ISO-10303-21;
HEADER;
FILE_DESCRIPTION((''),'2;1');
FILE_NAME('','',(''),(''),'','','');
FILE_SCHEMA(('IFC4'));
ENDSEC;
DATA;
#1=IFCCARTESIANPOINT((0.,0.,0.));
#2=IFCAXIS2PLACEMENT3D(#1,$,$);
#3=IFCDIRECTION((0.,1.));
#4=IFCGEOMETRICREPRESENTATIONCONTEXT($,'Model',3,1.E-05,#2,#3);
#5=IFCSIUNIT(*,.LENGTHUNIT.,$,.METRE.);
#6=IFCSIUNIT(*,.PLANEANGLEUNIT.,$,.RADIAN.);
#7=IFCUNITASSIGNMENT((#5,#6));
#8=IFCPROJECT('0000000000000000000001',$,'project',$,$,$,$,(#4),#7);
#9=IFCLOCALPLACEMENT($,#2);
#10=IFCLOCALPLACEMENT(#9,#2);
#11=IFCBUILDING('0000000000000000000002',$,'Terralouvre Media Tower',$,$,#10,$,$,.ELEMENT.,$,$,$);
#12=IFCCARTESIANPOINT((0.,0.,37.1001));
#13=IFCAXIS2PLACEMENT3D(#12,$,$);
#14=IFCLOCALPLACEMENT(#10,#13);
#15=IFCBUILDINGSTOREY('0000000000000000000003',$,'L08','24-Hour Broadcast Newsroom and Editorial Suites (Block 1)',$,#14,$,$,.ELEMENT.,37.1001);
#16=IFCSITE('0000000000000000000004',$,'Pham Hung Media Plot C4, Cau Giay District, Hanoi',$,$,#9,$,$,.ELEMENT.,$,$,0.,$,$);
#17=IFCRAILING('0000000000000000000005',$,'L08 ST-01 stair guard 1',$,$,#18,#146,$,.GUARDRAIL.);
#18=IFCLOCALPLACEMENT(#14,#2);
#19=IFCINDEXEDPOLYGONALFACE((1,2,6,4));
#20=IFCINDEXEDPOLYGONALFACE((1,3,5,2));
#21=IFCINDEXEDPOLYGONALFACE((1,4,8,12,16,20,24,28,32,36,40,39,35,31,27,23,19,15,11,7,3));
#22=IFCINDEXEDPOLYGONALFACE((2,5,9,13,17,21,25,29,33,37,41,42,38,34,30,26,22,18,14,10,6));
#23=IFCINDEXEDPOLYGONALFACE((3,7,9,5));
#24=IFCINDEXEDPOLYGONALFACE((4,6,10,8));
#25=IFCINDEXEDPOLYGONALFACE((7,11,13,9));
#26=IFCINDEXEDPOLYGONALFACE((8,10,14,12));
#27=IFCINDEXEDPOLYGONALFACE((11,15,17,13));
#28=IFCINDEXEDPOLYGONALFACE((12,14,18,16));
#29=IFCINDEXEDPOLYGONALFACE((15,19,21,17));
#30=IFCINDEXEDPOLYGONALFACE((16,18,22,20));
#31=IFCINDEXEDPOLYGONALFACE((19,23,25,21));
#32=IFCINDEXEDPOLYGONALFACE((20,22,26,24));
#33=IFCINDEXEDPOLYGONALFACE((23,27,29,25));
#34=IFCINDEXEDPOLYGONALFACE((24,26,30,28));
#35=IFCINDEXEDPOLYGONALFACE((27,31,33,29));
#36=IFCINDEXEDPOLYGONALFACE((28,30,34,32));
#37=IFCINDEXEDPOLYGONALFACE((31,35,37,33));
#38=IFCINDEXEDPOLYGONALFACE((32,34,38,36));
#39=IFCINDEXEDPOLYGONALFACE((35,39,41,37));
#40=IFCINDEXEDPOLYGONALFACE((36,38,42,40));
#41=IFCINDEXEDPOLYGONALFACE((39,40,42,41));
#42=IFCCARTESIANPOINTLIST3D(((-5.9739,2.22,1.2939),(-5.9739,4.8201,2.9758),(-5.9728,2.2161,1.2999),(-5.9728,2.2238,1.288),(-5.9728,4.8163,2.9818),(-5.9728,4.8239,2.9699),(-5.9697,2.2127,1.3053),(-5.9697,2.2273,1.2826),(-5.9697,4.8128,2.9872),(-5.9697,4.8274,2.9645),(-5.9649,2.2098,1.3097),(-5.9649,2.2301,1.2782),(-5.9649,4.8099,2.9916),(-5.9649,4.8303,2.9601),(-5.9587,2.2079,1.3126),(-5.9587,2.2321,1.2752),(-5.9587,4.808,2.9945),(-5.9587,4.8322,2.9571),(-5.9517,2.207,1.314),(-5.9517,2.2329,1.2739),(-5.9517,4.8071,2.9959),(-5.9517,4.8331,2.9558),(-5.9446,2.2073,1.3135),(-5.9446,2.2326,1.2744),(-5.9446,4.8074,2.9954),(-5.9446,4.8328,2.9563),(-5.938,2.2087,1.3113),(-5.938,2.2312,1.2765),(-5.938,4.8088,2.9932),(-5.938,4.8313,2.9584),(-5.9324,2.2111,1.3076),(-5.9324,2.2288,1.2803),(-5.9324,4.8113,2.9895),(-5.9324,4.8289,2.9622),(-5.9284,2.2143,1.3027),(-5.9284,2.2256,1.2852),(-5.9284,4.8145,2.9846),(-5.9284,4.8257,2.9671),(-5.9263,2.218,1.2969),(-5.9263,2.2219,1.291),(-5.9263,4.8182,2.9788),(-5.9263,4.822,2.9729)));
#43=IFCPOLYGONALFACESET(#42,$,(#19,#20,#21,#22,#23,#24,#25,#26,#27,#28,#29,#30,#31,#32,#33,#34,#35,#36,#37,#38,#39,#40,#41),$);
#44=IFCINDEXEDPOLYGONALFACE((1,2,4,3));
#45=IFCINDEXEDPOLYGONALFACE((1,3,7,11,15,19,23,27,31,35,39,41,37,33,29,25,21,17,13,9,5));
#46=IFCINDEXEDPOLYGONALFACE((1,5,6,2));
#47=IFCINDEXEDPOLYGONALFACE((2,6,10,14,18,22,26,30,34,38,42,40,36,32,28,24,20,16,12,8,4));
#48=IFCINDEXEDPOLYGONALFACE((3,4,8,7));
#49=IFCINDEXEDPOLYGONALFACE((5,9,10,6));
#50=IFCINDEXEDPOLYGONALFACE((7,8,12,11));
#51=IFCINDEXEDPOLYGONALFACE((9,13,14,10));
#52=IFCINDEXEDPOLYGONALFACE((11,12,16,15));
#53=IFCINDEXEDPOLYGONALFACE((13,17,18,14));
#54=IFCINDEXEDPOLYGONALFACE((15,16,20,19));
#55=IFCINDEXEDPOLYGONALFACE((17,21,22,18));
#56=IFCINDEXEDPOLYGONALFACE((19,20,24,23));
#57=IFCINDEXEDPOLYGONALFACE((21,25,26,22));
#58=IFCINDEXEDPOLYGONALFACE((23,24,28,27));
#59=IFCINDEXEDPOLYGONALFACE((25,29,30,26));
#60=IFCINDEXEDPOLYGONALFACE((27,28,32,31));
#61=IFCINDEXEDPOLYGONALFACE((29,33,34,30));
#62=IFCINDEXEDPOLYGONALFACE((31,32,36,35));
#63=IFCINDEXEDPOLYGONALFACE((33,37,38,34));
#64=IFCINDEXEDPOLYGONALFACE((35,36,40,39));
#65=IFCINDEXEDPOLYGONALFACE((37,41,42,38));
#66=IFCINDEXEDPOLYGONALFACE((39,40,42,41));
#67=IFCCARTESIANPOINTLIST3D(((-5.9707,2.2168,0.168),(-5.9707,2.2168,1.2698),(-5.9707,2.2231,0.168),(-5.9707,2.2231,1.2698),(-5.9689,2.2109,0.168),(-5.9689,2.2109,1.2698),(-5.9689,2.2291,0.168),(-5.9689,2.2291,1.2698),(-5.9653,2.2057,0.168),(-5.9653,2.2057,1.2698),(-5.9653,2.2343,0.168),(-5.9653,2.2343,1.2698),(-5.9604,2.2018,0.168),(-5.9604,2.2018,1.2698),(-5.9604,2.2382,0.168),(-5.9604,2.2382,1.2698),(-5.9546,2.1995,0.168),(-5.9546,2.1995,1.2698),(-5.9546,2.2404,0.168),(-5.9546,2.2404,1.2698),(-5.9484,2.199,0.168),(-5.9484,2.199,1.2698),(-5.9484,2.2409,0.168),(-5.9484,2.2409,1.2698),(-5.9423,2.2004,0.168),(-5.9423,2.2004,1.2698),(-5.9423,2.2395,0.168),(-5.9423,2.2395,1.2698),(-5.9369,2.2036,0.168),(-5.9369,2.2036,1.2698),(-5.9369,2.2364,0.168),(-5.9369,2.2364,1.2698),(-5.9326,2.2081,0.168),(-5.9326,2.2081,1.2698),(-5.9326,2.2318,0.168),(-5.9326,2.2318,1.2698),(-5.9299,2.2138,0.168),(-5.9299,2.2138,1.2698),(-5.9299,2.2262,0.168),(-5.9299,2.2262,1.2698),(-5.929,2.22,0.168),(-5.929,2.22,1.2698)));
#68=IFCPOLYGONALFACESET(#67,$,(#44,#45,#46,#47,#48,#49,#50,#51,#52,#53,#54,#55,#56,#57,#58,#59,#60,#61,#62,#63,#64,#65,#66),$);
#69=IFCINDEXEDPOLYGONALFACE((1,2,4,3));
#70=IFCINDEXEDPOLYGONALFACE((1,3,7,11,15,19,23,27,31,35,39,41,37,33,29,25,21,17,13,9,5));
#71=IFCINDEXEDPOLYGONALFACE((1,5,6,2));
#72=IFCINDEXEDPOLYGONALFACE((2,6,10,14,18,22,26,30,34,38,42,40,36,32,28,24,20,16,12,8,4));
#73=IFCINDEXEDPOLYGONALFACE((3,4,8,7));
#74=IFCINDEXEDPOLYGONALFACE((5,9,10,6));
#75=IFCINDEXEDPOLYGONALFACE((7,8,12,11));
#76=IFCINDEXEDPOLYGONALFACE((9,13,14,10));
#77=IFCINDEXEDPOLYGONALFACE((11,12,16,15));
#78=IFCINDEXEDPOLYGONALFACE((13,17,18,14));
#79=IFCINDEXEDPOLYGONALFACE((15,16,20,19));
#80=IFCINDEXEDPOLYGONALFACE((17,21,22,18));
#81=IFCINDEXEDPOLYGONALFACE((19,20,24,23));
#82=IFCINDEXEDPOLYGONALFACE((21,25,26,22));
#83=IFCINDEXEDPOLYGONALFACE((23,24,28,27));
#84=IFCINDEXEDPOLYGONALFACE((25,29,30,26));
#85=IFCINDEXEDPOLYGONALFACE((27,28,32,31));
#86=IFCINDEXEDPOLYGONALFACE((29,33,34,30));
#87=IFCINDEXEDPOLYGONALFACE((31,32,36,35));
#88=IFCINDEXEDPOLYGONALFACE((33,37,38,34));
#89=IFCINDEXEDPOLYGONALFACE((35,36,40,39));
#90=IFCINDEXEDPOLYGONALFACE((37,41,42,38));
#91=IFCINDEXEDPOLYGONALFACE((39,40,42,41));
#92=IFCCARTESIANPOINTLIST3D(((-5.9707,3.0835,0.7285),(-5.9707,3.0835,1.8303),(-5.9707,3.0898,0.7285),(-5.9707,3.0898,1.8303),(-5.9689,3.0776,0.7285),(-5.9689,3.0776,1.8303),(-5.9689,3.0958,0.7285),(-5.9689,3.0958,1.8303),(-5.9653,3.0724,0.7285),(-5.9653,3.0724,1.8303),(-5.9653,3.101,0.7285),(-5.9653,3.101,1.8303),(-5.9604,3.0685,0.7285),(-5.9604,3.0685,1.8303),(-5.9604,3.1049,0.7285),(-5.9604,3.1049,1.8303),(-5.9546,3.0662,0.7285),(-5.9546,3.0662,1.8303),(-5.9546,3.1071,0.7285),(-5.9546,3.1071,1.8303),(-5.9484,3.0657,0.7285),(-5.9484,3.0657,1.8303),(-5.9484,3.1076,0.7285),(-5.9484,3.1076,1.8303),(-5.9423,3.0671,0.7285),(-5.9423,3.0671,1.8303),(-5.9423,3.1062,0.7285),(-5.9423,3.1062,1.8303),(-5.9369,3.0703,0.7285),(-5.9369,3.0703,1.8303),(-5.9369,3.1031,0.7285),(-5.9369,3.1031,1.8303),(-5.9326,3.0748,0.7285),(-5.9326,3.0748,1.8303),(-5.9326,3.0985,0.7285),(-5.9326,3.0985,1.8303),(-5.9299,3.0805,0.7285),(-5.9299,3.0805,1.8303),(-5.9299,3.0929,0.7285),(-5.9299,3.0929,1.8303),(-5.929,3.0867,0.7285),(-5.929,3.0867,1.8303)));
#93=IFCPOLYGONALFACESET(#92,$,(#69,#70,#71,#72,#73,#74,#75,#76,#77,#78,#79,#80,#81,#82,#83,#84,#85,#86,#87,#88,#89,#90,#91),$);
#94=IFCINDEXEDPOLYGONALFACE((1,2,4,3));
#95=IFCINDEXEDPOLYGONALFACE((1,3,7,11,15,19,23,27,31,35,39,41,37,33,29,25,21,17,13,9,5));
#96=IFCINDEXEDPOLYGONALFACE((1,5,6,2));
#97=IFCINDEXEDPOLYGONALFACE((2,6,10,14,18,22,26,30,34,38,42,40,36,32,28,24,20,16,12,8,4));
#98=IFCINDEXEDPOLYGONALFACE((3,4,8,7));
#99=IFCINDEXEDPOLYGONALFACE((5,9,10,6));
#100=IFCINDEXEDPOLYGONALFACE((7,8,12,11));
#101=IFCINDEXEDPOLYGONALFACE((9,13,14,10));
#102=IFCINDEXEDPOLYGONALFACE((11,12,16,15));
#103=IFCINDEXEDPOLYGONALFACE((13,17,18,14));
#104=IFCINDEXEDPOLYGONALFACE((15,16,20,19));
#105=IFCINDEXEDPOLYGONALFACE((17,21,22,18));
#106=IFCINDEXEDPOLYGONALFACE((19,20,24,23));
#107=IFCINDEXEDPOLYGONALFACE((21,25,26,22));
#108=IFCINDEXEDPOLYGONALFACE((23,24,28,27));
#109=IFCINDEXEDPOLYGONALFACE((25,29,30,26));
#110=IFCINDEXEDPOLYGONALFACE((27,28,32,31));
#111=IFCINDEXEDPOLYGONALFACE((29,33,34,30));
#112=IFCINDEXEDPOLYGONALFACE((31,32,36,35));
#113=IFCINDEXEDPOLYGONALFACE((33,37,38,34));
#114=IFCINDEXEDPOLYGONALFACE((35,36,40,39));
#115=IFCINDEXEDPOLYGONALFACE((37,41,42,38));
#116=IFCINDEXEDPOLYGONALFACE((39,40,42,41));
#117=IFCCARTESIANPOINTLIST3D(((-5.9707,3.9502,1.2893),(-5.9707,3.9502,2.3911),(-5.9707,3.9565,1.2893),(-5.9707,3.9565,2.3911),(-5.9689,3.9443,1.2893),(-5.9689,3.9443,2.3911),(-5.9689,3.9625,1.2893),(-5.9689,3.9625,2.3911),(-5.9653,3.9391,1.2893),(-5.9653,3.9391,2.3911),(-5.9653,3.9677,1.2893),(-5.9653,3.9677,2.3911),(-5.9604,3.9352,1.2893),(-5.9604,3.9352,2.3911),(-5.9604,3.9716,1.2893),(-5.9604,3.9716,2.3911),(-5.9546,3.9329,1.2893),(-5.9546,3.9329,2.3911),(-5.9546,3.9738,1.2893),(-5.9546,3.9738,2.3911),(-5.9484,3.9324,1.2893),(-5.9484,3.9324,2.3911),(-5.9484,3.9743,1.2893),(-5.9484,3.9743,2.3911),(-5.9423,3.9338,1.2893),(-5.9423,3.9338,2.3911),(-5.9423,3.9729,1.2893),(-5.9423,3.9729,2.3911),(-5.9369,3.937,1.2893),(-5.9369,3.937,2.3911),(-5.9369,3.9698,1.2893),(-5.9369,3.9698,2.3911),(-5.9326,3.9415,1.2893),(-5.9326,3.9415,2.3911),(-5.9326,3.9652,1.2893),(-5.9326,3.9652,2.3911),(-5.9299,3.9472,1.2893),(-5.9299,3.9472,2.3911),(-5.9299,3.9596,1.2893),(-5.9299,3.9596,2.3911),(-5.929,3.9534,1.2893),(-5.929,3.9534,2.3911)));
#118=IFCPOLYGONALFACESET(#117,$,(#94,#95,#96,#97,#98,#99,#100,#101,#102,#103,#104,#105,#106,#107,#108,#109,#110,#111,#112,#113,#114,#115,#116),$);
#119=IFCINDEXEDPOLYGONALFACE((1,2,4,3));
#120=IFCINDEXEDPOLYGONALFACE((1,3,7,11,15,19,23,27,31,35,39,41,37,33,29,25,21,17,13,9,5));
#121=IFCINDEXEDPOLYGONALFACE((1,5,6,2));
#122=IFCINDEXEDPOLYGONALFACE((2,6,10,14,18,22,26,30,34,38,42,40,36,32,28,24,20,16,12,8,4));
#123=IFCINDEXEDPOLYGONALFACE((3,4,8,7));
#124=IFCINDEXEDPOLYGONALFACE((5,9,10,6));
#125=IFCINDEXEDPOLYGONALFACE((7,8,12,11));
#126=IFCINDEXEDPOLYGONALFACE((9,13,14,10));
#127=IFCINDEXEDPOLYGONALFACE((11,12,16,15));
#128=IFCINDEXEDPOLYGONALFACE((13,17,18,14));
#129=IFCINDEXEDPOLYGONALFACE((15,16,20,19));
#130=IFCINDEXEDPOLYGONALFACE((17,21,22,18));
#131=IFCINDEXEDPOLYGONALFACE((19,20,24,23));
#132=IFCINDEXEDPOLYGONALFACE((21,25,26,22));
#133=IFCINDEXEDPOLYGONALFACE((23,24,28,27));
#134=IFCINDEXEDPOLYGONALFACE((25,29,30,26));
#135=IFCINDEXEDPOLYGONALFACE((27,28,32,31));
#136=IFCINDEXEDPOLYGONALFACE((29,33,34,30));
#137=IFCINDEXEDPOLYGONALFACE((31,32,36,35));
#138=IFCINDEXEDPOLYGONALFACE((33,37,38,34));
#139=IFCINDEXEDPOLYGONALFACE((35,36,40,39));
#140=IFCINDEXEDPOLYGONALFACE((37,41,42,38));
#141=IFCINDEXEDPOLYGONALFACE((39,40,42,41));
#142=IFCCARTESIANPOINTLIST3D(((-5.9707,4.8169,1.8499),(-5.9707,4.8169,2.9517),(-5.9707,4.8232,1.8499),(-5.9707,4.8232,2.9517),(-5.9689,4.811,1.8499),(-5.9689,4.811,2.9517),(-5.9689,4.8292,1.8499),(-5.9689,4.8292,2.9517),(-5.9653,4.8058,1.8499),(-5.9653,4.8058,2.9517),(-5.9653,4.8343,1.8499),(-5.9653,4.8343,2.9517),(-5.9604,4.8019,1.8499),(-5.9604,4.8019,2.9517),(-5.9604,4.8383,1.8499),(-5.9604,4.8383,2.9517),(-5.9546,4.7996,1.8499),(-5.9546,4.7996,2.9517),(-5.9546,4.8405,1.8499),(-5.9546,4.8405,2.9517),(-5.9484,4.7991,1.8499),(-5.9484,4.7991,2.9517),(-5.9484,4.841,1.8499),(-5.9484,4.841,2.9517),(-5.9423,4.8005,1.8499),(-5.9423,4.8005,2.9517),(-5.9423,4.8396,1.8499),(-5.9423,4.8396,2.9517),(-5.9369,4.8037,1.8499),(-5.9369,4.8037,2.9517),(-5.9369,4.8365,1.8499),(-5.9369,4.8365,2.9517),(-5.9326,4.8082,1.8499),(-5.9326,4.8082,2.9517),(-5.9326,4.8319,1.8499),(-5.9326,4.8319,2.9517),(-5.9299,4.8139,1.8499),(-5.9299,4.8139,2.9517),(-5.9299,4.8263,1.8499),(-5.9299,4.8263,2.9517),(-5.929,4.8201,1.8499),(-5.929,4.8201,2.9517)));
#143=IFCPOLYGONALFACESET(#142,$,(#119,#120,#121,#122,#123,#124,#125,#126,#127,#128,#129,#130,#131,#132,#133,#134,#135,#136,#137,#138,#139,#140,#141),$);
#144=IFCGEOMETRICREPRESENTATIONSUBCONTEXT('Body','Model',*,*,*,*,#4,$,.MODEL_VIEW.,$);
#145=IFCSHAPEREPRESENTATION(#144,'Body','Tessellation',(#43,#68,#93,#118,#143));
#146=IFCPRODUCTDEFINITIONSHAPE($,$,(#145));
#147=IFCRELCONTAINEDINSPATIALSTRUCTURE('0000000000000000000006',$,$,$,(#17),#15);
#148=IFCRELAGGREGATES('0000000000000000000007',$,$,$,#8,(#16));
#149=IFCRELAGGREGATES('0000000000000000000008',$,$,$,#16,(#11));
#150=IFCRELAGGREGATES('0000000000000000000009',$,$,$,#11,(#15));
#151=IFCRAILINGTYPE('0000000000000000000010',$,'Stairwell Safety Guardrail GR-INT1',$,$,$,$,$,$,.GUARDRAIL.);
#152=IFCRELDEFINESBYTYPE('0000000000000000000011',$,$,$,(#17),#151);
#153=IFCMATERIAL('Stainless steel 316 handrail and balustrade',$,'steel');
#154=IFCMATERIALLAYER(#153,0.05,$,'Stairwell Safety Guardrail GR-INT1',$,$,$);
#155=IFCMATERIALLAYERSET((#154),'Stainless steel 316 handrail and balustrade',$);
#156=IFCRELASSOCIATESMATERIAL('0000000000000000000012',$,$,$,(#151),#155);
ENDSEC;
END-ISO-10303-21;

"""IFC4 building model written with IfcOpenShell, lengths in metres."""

from ifc_helpers import new_model, si_unit, direction, frame, origin, origin_2d, place, context, subcontext, project, spatial, circle, extrude, material, layer, layer_set, type_object, element, save


model = new_model("IFC4")

# Units and contexts
model_context = context("Model", 3, precision=1e-05, world=origin(), true_north=direction((0.0, 1.0)))
body_context = subcontext(model_context, "Body", "Model", "MODEL_VIEW")
ifc_project = project(units=[si_unit("LENGTHUNIT", "METRE"), si_unit("PLANEANGLEUNIT", "RADIAN")], contexts=[model_context])

# Site, building, storey
site_placement = place(None, origin())
site = spatial("IfcSite", under=ifc_project, at=site_placement, Name="Pham Hung Media Plot C4, Cau Giay District, Hanoi", CompositionType="ELEMENT", RefElevation=0.0)
building_placement = place(site_placement, origin())
building = spatial("IfcBuilding", under=site, at=building_placement, Name="Terralouvre Media Tower", CompositionType="ELEMENT")
storey_placement = place(building_placement, frame((0.0, 0.0, 37.1001)))
storey = spatial("IfcBuildingStorey", under=building, at=storey_placement, Name="L08", Description="24-Hour Broadcast Newsroom and Editorial Suites (Block 1)", CompositionType="ELEMENT", Elevation=37.1001)

# Railing
ifc_material_1 = material(Name="Stainless steel 316 handrail and balustrade", Category="steel")
ifc_layer_1 = layer(ifc_material_1, 0.05, Name="Stairwell Safety Guardrail GR-INT1")
ifc_layer_set_1 = layer_set([ifc_layer_1], Name="Stainless steel 316 handrail and balustrade")
railing_type_1 = type_object("IfcRailingType", Name="Stairwell Safety Guardrail GR-INT1", PredefinedType="GUARDRAIL", material=ifc_layer_set_1)
railing_1_placement = place(storey_placement, frame((-5.95, 2.22, 0.168)))
element("IfcRailing", 1, at=railing_1_placement, inside=storey, type_object=railing_type_1, Name="L08 ST-01 stair guard 1", PredefinedType="GUARDRAIL", context=body_context, shape_type="SweptSolid", body=[
    extrude(circle(Radius=0.0239, at=origin_2d()), frame((0.0, 0.0, 1.126), z_axis=(0.0, 0.839648, 0.54313), x_axis=(-1.0, 0.0, 0.0)), (0.0, 0.0, 1.0), 3.0967),
    extrude(circle(Radius=0.021, at=origin_2d()), origin(), (0.0, 0.0, 1.0), 1.1018),
    extrude(circle(Radius=0.021, at=origin_2d()), frame((0.0, 0.8667, 0.5605)), (0.0, 0.0, 1.0), 1.1018),
    extrude(circle(Radius=0.021, at=origin_2d()), frame((0.0, 1.7334, 1.1213)), (0.0, 0.0, 1.0), 1.1018),
    extrude(circle(Radius=0.021, at=origin_2d()), frame((0.0, 2.6001, 1.6819)), (0.0, 0.0, 1.0), 1.1018),
])

save(model, "model.ifc")
